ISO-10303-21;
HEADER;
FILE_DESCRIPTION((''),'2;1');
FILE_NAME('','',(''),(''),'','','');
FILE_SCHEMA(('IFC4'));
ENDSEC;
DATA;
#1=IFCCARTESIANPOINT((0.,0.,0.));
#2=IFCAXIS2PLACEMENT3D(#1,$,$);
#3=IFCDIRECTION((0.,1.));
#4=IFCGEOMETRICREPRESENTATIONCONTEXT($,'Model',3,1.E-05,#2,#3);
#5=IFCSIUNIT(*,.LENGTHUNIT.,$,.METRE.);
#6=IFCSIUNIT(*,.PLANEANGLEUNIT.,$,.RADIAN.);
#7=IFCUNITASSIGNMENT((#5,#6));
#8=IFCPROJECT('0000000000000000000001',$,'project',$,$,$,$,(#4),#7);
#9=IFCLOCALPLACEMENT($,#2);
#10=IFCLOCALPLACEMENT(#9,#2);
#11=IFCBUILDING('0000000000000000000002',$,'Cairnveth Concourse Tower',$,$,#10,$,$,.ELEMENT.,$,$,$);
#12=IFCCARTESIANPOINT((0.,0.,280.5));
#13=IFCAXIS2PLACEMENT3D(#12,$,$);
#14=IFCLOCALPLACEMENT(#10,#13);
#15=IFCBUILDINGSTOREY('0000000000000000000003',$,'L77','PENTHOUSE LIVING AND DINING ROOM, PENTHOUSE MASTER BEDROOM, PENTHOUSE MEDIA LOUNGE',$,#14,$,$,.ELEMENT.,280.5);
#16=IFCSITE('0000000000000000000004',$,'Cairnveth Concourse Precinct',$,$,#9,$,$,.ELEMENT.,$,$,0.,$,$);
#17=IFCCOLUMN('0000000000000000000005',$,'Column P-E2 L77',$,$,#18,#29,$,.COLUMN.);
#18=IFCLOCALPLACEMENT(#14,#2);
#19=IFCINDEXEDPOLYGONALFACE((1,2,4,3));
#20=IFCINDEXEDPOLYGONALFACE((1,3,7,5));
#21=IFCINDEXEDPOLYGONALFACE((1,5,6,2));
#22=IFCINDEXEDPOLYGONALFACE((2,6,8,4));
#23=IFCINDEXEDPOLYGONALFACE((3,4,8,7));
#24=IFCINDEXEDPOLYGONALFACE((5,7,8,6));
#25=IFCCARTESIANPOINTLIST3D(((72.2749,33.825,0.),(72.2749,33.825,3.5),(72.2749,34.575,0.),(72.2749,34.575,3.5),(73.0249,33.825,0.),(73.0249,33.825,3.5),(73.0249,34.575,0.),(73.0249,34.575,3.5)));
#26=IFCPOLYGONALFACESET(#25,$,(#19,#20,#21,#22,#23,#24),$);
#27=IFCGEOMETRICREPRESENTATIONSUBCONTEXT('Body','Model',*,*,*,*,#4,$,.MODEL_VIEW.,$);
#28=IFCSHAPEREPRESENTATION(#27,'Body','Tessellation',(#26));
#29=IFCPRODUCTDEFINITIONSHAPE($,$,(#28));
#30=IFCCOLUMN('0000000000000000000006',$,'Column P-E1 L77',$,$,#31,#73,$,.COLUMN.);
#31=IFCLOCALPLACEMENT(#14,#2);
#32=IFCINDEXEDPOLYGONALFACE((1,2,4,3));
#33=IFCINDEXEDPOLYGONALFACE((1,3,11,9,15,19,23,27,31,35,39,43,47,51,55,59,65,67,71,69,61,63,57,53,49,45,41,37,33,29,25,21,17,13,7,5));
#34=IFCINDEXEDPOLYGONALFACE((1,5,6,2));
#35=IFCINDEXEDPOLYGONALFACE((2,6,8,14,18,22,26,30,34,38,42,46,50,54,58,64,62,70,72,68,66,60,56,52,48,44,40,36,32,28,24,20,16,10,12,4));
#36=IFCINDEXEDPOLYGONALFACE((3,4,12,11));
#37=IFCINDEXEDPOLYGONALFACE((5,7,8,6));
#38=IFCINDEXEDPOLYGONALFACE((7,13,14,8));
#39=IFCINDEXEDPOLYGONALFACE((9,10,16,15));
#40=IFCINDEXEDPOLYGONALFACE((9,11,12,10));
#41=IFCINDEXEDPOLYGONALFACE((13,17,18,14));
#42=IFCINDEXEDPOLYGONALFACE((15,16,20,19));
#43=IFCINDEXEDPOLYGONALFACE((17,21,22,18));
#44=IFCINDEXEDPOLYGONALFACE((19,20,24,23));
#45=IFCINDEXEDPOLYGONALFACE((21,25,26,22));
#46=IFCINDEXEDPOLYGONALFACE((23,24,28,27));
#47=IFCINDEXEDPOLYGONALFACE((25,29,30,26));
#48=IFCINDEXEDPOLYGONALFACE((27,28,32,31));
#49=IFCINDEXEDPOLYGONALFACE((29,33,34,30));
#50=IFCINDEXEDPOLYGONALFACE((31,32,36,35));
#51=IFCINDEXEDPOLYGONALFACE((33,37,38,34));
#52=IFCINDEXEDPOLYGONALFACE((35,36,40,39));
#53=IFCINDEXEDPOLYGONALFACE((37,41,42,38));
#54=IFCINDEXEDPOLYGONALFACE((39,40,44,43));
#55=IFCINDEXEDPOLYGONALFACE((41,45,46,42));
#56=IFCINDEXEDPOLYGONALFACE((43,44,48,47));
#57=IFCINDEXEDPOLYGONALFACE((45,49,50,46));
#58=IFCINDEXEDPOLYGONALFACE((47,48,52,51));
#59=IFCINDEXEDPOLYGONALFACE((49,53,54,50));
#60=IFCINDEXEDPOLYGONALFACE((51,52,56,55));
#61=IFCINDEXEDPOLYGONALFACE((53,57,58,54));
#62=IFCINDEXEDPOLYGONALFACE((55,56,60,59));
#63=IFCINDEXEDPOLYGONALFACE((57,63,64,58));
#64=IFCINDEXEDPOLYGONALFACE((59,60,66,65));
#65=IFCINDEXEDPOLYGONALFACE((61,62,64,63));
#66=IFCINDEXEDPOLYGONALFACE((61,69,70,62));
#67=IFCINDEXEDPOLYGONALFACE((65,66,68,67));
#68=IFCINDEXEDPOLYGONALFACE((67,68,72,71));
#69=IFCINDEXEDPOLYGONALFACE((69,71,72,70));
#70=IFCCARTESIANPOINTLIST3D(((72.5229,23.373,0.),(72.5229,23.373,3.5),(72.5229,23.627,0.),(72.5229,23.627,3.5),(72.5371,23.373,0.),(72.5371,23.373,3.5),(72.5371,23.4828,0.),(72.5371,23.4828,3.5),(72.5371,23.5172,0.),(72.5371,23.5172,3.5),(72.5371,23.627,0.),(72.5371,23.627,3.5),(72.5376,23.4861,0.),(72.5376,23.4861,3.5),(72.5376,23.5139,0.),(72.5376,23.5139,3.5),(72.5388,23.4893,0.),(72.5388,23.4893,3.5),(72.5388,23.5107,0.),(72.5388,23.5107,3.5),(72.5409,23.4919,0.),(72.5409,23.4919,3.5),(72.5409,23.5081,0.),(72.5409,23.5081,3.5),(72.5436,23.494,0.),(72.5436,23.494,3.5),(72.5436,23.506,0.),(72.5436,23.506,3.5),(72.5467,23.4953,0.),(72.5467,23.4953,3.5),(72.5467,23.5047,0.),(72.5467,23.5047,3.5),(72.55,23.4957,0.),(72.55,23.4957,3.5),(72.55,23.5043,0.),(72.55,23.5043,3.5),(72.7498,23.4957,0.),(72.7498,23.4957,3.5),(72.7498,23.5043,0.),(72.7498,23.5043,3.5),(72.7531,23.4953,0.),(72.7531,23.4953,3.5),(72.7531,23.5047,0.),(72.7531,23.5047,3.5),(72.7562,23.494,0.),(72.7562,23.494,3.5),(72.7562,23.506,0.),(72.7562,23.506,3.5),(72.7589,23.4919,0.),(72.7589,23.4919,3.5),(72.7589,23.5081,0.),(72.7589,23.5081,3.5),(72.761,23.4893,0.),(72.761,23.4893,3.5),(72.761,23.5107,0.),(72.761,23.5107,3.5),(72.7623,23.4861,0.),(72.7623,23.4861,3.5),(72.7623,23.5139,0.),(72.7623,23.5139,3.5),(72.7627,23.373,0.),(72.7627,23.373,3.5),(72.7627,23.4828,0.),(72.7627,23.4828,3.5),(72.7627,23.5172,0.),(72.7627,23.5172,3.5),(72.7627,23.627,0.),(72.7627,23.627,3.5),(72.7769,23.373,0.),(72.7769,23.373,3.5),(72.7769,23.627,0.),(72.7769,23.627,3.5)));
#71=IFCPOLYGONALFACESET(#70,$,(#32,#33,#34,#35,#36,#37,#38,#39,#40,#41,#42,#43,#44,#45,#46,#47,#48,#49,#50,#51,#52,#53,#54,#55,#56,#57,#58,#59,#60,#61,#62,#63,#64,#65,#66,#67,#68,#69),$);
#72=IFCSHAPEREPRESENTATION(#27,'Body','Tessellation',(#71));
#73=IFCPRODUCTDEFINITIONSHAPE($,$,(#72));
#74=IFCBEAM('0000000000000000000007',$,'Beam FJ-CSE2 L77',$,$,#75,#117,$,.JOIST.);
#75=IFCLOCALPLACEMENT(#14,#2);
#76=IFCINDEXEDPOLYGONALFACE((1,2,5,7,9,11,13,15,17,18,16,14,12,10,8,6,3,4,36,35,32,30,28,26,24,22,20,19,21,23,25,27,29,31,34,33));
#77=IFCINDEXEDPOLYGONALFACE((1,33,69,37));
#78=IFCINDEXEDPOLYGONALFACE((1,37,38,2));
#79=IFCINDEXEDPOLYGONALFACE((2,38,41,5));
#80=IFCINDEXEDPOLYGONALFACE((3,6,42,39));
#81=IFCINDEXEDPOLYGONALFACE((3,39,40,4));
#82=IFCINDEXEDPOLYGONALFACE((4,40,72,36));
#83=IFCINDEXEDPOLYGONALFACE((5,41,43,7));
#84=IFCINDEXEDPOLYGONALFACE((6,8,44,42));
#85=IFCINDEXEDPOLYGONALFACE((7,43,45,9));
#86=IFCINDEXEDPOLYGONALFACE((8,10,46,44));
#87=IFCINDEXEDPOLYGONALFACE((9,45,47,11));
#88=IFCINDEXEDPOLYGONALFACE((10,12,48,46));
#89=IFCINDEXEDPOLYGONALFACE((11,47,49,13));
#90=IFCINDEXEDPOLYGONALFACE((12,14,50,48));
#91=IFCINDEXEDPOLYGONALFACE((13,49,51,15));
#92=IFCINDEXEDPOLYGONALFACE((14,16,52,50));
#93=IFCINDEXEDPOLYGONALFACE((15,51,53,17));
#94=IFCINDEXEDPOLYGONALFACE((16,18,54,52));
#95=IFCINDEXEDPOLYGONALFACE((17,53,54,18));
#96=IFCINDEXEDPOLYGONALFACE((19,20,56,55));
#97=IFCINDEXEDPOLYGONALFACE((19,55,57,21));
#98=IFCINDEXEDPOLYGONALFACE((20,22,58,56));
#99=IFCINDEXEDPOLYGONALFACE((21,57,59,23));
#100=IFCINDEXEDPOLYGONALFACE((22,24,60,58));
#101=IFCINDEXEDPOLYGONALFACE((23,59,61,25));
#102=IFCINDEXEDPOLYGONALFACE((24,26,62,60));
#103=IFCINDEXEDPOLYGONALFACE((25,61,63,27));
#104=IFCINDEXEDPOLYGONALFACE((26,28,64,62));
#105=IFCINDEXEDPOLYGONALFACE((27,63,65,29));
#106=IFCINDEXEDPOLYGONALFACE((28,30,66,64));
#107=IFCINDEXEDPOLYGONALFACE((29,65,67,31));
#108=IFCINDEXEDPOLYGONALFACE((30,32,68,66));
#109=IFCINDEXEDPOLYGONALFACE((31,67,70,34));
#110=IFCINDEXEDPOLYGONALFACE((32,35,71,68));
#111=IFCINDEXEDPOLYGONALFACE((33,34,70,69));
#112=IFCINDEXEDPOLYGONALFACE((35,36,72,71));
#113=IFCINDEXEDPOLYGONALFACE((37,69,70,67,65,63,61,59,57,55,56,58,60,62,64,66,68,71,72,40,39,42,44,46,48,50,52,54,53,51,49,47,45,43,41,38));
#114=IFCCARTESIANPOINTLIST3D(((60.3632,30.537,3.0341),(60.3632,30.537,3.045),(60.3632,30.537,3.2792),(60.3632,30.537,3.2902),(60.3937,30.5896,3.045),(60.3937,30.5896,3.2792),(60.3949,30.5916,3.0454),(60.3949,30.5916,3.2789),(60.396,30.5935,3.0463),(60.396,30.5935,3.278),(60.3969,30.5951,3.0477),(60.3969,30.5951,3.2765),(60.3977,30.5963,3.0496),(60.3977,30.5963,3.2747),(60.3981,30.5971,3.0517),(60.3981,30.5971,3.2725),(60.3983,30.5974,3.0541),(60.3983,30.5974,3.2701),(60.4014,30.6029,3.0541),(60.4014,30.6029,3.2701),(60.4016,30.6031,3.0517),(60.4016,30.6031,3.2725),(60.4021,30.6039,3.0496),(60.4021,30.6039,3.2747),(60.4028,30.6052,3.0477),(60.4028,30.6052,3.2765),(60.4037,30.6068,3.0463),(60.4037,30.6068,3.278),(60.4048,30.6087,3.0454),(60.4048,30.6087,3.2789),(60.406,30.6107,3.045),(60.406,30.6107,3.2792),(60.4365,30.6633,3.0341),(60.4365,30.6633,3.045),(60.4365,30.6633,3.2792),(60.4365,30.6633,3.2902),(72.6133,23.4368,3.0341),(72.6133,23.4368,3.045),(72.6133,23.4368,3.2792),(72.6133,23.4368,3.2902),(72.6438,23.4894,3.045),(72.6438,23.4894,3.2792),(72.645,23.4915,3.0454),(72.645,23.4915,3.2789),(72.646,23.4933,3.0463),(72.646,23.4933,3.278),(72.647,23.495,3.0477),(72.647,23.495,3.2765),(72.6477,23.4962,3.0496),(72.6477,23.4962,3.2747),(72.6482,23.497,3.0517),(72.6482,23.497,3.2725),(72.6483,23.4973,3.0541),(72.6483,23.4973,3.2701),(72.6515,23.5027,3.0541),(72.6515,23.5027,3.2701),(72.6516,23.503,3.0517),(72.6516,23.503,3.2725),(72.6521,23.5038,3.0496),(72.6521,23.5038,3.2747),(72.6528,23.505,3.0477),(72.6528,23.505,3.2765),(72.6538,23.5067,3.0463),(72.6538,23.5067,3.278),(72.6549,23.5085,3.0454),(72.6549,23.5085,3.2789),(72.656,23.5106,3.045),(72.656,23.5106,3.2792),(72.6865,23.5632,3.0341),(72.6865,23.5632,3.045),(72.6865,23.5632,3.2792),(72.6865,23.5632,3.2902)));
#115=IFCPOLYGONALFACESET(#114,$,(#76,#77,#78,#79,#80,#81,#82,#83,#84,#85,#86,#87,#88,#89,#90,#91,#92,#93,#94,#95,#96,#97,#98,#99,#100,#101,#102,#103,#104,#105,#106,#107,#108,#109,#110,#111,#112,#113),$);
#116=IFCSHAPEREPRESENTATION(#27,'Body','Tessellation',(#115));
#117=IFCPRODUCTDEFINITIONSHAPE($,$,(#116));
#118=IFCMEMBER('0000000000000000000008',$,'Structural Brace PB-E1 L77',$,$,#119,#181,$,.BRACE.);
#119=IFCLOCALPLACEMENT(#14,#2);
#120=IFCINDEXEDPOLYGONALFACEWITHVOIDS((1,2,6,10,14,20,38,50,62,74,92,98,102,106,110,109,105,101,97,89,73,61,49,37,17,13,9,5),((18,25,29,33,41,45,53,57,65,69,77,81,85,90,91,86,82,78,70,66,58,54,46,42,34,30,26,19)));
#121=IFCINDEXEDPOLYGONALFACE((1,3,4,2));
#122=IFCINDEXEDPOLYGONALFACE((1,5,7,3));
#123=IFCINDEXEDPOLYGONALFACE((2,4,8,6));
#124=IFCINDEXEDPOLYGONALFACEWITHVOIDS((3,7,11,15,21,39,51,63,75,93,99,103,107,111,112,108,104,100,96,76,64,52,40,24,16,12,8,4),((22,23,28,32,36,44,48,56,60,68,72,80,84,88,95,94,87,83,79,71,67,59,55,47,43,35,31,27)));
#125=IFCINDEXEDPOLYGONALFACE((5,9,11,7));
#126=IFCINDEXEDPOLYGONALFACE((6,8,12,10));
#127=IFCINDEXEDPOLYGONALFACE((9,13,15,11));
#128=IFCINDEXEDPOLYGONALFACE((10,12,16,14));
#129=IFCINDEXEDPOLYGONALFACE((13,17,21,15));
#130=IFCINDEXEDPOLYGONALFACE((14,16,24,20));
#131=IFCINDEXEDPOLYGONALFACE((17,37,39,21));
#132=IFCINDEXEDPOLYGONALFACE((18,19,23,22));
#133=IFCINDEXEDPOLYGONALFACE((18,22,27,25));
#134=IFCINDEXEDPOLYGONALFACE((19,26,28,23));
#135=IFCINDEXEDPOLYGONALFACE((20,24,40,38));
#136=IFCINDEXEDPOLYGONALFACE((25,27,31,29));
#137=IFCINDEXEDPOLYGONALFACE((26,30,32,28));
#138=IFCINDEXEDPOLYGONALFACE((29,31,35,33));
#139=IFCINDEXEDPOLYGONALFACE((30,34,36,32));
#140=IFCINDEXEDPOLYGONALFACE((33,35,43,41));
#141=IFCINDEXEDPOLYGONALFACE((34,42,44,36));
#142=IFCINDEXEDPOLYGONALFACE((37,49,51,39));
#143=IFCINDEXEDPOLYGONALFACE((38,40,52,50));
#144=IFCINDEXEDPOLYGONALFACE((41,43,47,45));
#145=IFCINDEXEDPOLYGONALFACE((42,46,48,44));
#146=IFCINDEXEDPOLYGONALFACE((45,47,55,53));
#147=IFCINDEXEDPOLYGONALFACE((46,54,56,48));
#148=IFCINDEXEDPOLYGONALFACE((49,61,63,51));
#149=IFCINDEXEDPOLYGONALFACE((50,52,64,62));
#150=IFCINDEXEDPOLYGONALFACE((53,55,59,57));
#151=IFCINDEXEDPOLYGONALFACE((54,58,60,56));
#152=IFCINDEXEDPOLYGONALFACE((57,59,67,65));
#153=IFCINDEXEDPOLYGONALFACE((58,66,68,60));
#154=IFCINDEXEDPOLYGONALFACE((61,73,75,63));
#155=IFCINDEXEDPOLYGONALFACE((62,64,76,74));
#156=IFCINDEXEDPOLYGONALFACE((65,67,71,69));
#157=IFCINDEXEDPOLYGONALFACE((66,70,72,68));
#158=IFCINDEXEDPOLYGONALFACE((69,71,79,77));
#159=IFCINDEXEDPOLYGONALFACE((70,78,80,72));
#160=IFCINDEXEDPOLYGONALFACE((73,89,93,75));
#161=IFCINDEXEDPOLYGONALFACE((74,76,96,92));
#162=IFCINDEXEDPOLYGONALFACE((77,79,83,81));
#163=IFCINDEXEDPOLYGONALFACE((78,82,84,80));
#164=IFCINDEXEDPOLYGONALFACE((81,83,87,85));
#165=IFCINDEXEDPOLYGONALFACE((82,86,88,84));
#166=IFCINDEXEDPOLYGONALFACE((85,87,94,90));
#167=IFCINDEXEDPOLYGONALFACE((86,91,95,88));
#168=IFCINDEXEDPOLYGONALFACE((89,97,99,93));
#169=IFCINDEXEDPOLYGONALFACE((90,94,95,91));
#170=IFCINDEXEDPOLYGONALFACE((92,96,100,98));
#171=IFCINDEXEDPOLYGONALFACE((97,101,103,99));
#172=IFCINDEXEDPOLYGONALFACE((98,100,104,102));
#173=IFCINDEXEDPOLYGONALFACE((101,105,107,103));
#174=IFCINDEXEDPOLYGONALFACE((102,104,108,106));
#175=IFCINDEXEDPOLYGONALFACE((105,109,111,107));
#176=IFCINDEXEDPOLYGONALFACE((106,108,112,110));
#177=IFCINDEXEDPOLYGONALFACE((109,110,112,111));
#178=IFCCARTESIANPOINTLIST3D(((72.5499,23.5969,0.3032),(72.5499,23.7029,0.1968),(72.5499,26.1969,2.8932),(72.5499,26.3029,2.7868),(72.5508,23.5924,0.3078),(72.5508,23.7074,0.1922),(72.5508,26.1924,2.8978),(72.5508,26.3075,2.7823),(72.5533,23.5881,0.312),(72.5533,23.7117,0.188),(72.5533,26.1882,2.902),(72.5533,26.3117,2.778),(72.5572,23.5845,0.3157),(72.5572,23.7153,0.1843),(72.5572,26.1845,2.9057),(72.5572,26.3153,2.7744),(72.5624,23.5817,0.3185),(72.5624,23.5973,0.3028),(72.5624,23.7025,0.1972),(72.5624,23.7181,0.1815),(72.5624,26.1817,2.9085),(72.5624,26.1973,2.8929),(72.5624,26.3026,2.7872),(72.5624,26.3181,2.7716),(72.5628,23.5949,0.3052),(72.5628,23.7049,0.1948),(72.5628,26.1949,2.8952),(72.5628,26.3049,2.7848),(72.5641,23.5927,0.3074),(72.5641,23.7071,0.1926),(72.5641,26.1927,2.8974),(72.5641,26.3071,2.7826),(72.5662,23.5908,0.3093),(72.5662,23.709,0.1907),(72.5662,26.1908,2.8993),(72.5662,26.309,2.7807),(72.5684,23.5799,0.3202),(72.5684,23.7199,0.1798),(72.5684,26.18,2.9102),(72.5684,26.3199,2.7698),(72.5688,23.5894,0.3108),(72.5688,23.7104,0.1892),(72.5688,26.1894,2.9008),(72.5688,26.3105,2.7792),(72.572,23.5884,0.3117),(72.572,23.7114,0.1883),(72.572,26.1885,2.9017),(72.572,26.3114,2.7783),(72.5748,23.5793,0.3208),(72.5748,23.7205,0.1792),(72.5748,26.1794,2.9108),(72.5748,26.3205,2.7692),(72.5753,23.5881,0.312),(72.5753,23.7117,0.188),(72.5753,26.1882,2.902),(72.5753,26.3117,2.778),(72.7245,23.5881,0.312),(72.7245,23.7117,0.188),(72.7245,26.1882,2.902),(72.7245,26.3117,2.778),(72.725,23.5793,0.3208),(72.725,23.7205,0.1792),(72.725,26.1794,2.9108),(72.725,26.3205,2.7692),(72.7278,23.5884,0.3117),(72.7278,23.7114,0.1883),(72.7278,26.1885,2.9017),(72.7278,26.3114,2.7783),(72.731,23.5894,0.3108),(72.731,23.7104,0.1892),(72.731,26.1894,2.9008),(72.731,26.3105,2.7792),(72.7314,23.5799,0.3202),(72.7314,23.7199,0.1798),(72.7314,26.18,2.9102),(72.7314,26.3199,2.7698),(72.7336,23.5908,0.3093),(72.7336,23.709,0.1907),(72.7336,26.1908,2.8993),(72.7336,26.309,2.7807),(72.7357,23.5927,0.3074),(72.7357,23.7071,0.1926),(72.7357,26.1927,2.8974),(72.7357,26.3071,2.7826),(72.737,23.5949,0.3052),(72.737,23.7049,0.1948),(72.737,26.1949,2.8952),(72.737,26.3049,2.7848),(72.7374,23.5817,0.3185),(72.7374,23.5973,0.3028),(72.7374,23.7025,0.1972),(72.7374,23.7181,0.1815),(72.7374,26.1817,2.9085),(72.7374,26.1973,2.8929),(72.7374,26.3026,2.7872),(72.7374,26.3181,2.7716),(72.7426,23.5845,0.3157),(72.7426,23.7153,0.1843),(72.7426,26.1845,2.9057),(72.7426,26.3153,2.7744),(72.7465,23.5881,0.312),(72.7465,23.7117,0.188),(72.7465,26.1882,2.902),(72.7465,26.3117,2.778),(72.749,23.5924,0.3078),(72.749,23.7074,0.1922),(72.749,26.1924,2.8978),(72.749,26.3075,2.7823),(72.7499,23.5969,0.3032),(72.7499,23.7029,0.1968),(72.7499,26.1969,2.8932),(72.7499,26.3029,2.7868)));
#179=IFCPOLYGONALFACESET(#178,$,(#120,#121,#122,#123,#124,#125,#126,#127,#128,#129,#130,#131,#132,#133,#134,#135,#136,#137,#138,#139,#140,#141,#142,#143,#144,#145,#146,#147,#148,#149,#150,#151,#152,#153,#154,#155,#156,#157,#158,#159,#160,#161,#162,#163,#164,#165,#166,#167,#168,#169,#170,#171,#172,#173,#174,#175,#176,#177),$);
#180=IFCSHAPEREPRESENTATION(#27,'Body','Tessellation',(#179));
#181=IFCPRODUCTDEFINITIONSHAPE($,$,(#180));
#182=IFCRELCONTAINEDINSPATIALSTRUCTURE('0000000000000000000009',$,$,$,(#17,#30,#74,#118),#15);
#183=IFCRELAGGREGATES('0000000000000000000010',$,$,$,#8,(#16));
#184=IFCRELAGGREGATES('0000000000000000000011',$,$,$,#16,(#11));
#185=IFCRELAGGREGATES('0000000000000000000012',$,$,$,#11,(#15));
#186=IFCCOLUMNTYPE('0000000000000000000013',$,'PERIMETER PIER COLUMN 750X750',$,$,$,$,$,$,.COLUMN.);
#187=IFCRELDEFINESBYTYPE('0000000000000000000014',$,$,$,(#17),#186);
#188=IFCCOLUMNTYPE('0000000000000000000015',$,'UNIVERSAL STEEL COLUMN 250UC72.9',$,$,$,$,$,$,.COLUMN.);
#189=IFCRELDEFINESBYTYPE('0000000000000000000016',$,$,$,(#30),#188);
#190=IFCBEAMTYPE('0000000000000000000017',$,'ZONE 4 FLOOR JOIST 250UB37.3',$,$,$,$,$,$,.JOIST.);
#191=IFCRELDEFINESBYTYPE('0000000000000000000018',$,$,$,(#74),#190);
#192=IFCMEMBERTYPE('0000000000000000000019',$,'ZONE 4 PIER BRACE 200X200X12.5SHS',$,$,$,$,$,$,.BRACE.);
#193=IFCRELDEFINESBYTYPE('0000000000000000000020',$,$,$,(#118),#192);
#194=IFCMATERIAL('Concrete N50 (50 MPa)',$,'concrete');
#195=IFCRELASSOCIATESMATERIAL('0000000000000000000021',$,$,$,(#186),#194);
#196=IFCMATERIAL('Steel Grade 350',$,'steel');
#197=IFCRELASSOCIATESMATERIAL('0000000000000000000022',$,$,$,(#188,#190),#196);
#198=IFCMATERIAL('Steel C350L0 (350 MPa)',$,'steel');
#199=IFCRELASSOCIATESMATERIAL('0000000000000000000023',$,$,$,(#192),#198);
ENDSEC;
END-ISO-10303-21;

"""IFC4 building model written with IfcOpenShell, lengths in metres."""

from ifc_helpers import new_model, si_unit, direction, frame, origin, origin_2d, place, context, subcontext, project, spatial, rectangle, hollow_rectangle, i_section, extrude, material, material_profile, profile_set, type_object, element, save


model = new_model("IFC4")

# Units and contexts
model_context = context("Model", 3, precision=1e-05, world=origin(), true_north=direction((0.0, 1.0)))
body_context = subcontext(model_context, "Body", "Model", "MODEL_VIEW")
ifc_project = project(units=[si_unit("LENGTHUNIT", "METRE"), si_unit("PLANEANGLEUNIT", "RADIAN")], contexts=[model_context])

# Site, building, storey
site_placement = place(None, origin())
site = spatial("IfcSite", under=ifc_project, at=site_placement, Name="Cairnveth Concourse Precinct", CompositionType="ELEMENT", RefElevation=0.0)
building_placement = place(site_placement, origin())
building = spatial("IfcBuilding", under=site, at=building_placement, Name="Cairnveth Concourse Tower", CompositionType="ELEMENT")
storey_placement = place(building_placement, frame((0.0, 0.0, 280.5)))
storey = spatial("IfcBuildingStorey", under=building, at=storey_placement, Name="L77", Description="PENTHOUSE LIVING AND DINING ROOM, PENTHOUSE MASTER BEDROOM, PENTHOUSE MEDIA LOUNGE", CompositionType="ELEMENT", Elevation=280.5)

# Columns
ifc_material_1 = material(Name="Concrete N50 (50 MPa)", Category="concrete")
ifc_material_profile_1 = material_profile(ifc_material_1, rectangle(XDim=0.75, YDim=0.75, at=origin_2d()), Name="RC-COL-750x750")
ifc_profile_set_1 = profile_set([ifc_material_profile_1], Name="Concrete N50 (50 MPa)")
column_type_1 = type_object("IfcColumnType", Name="PERIMETER PIER COLUMN 750X750", PredefinedType="COLUMN", material=ifc_profile_set_1)
column_1_placement = place(storey_placement, frame((72.6499, 34.2, 0.0), z_axis=(0.0, 0.0, 1.0), x_axis=(0.0, 1.0, 0.0)))
element("IfcColumn", 1, at=column_1_placement, inside=storey, type_object=column_type_1, Name="Column P-E2 L77", PredefinedType="COLUMN", context=body_context, shape_type="SweptSolid", body=[
    extrude(rectangle(XDim=0.75, YDim=0.75, at=origin_2d()), origin(), (0.0, 0.0, 1.0), 3.5),
])
ifc_material_2 = material(Name="Steel Grade 350", Category="steel")
ifc_material_profile_2 = material_profile(ifc_material_2, i_section(OverallWidth=0.2539, OverallDepth=0.2539, WebThickness=0.0085, FlangeThickness=0.0142, FilletRadius=0.0129, at=origin_2d()), Name="250UC72.9")
ifc_profile_set_2 = profile_set([ifc_material_profile_2], Name="Steel Grade 350")
column_type_2 = type_object("IfcColumnType", Name="UNIVERSAL STEEL COLUMN 250UC72.9", PredefinedType="COLUMN", material=ifc_profile_set_2)
column_2_placement = place(storey_placement, frame((72.6499, 23.5, 0.0), z_axis=(0.0, 0.0, 1.0), x_axis=(0.0, 1.0, 0.0)))
element("IfcColumn", 2, at=column_2_placement, inside=storey, type_object=column_type_2, Name="Column P-E1 L77", PredefinedType="COLUMN", context=body_context, shape_type="SweptSolid", body=[
    extrude(i_section(OverallWidth=0.2539, OverallDepth=0.2539, WebThickness=0.0085, FlangeThickness=0.0142, FilletRadius=0.0129, at=origin_2d()), origin(), (0.0, 0.0, 1.0), 3.5),
])

# Beam
ifc_material_profile_3 = material_profile(ifc_material_2, i_section(OverallWidth=0.146, OverallDepth=0.2561, WebThickness=0.0063, FlangeThickness=0.011, FilletRadius=0.009, at=origin_2d()), Name="250UB37.3")
ifc_profile_set_3 = profile_set([ifc_material_profile_3], Name="Steel Grade 350")
beam_type_1 = type_object("IfcBeamType", Name="ZONE 4 FLOOR JOIST 250UB37.3", PredefinedType="JOIST", material=ifc_profile_set_3)
beam_1_placement = place(storey_placement, frame((72.6499, 23.5, 3.1621), z_axis=(-0.865181, 0.501459, 0.0), x_axis=(-0.501459, -0.865181, 0.0)))
element("IfcBeam", 3, at=beam_1_placement, inside=storey, type_object=beam_type_1, Name="Beam FJ-CSE2 L77", PredefinedType="JOIST", context=body_context, shape_type="SweptSolid", body=[
    extrude(i_section(OverallWidth=0.146, OverallDepth=0.2561, WebThickness=0.0063, FlangeThickness=0.011, FilletRadius=0.009, at=origin_2d()), origin(), (0.0, 0.0, 1.0), 14.1589),
])

# Member
ifc_material_3 = material(Name="Steel C350L0 (350 MPa)", Category="steel")
ifc_material_profile_4 = material_profile(ifc_material_3, hollow_rectangle(XDim=0.2, YDim=0.2, WallThickness=0.0125, InnerFilletRadius=0.0129, OuterFilletRadius=0.0249, at=origin_2d()), Name="200x200x12.5SHS")
ifc_profile_set_4 = profile_set([ifc_material_profile_4], Name="Steel C350L0 (350 MPa)")
member_type = type_object("IfcMemberType", Name="ZONE 4 PIER BRACE 200X200X12.5SHS", PredefinedType="BRACE", material=ifc_profile_set_4)
member_placement = place(storey_placement, frame((72.6499, 23.6499, 0.25), z_axis=(0.0, 0.708469, 0.705742), x_axis=(-1.0, 0.0, 0.0)))
element("IfcMember", 4, at=member_placement, inside=storey, type_object=member_type, Name="Structural Brace PB-E1 L77", PredefinedType="BRACE", context=body_context, shape_type="SweptSolid", body=[
    extrude(hollow_rectangle(XDim=0.2, YDim=0.2, WallThickness=0.0125, InnerFilletRadius=0.0129, OuterFilletRadius=0.0249, at=origin_2d()), origin(), (0.0, 0.0, 1.0), 3.6699),
])

save(model, "model.ifc")
